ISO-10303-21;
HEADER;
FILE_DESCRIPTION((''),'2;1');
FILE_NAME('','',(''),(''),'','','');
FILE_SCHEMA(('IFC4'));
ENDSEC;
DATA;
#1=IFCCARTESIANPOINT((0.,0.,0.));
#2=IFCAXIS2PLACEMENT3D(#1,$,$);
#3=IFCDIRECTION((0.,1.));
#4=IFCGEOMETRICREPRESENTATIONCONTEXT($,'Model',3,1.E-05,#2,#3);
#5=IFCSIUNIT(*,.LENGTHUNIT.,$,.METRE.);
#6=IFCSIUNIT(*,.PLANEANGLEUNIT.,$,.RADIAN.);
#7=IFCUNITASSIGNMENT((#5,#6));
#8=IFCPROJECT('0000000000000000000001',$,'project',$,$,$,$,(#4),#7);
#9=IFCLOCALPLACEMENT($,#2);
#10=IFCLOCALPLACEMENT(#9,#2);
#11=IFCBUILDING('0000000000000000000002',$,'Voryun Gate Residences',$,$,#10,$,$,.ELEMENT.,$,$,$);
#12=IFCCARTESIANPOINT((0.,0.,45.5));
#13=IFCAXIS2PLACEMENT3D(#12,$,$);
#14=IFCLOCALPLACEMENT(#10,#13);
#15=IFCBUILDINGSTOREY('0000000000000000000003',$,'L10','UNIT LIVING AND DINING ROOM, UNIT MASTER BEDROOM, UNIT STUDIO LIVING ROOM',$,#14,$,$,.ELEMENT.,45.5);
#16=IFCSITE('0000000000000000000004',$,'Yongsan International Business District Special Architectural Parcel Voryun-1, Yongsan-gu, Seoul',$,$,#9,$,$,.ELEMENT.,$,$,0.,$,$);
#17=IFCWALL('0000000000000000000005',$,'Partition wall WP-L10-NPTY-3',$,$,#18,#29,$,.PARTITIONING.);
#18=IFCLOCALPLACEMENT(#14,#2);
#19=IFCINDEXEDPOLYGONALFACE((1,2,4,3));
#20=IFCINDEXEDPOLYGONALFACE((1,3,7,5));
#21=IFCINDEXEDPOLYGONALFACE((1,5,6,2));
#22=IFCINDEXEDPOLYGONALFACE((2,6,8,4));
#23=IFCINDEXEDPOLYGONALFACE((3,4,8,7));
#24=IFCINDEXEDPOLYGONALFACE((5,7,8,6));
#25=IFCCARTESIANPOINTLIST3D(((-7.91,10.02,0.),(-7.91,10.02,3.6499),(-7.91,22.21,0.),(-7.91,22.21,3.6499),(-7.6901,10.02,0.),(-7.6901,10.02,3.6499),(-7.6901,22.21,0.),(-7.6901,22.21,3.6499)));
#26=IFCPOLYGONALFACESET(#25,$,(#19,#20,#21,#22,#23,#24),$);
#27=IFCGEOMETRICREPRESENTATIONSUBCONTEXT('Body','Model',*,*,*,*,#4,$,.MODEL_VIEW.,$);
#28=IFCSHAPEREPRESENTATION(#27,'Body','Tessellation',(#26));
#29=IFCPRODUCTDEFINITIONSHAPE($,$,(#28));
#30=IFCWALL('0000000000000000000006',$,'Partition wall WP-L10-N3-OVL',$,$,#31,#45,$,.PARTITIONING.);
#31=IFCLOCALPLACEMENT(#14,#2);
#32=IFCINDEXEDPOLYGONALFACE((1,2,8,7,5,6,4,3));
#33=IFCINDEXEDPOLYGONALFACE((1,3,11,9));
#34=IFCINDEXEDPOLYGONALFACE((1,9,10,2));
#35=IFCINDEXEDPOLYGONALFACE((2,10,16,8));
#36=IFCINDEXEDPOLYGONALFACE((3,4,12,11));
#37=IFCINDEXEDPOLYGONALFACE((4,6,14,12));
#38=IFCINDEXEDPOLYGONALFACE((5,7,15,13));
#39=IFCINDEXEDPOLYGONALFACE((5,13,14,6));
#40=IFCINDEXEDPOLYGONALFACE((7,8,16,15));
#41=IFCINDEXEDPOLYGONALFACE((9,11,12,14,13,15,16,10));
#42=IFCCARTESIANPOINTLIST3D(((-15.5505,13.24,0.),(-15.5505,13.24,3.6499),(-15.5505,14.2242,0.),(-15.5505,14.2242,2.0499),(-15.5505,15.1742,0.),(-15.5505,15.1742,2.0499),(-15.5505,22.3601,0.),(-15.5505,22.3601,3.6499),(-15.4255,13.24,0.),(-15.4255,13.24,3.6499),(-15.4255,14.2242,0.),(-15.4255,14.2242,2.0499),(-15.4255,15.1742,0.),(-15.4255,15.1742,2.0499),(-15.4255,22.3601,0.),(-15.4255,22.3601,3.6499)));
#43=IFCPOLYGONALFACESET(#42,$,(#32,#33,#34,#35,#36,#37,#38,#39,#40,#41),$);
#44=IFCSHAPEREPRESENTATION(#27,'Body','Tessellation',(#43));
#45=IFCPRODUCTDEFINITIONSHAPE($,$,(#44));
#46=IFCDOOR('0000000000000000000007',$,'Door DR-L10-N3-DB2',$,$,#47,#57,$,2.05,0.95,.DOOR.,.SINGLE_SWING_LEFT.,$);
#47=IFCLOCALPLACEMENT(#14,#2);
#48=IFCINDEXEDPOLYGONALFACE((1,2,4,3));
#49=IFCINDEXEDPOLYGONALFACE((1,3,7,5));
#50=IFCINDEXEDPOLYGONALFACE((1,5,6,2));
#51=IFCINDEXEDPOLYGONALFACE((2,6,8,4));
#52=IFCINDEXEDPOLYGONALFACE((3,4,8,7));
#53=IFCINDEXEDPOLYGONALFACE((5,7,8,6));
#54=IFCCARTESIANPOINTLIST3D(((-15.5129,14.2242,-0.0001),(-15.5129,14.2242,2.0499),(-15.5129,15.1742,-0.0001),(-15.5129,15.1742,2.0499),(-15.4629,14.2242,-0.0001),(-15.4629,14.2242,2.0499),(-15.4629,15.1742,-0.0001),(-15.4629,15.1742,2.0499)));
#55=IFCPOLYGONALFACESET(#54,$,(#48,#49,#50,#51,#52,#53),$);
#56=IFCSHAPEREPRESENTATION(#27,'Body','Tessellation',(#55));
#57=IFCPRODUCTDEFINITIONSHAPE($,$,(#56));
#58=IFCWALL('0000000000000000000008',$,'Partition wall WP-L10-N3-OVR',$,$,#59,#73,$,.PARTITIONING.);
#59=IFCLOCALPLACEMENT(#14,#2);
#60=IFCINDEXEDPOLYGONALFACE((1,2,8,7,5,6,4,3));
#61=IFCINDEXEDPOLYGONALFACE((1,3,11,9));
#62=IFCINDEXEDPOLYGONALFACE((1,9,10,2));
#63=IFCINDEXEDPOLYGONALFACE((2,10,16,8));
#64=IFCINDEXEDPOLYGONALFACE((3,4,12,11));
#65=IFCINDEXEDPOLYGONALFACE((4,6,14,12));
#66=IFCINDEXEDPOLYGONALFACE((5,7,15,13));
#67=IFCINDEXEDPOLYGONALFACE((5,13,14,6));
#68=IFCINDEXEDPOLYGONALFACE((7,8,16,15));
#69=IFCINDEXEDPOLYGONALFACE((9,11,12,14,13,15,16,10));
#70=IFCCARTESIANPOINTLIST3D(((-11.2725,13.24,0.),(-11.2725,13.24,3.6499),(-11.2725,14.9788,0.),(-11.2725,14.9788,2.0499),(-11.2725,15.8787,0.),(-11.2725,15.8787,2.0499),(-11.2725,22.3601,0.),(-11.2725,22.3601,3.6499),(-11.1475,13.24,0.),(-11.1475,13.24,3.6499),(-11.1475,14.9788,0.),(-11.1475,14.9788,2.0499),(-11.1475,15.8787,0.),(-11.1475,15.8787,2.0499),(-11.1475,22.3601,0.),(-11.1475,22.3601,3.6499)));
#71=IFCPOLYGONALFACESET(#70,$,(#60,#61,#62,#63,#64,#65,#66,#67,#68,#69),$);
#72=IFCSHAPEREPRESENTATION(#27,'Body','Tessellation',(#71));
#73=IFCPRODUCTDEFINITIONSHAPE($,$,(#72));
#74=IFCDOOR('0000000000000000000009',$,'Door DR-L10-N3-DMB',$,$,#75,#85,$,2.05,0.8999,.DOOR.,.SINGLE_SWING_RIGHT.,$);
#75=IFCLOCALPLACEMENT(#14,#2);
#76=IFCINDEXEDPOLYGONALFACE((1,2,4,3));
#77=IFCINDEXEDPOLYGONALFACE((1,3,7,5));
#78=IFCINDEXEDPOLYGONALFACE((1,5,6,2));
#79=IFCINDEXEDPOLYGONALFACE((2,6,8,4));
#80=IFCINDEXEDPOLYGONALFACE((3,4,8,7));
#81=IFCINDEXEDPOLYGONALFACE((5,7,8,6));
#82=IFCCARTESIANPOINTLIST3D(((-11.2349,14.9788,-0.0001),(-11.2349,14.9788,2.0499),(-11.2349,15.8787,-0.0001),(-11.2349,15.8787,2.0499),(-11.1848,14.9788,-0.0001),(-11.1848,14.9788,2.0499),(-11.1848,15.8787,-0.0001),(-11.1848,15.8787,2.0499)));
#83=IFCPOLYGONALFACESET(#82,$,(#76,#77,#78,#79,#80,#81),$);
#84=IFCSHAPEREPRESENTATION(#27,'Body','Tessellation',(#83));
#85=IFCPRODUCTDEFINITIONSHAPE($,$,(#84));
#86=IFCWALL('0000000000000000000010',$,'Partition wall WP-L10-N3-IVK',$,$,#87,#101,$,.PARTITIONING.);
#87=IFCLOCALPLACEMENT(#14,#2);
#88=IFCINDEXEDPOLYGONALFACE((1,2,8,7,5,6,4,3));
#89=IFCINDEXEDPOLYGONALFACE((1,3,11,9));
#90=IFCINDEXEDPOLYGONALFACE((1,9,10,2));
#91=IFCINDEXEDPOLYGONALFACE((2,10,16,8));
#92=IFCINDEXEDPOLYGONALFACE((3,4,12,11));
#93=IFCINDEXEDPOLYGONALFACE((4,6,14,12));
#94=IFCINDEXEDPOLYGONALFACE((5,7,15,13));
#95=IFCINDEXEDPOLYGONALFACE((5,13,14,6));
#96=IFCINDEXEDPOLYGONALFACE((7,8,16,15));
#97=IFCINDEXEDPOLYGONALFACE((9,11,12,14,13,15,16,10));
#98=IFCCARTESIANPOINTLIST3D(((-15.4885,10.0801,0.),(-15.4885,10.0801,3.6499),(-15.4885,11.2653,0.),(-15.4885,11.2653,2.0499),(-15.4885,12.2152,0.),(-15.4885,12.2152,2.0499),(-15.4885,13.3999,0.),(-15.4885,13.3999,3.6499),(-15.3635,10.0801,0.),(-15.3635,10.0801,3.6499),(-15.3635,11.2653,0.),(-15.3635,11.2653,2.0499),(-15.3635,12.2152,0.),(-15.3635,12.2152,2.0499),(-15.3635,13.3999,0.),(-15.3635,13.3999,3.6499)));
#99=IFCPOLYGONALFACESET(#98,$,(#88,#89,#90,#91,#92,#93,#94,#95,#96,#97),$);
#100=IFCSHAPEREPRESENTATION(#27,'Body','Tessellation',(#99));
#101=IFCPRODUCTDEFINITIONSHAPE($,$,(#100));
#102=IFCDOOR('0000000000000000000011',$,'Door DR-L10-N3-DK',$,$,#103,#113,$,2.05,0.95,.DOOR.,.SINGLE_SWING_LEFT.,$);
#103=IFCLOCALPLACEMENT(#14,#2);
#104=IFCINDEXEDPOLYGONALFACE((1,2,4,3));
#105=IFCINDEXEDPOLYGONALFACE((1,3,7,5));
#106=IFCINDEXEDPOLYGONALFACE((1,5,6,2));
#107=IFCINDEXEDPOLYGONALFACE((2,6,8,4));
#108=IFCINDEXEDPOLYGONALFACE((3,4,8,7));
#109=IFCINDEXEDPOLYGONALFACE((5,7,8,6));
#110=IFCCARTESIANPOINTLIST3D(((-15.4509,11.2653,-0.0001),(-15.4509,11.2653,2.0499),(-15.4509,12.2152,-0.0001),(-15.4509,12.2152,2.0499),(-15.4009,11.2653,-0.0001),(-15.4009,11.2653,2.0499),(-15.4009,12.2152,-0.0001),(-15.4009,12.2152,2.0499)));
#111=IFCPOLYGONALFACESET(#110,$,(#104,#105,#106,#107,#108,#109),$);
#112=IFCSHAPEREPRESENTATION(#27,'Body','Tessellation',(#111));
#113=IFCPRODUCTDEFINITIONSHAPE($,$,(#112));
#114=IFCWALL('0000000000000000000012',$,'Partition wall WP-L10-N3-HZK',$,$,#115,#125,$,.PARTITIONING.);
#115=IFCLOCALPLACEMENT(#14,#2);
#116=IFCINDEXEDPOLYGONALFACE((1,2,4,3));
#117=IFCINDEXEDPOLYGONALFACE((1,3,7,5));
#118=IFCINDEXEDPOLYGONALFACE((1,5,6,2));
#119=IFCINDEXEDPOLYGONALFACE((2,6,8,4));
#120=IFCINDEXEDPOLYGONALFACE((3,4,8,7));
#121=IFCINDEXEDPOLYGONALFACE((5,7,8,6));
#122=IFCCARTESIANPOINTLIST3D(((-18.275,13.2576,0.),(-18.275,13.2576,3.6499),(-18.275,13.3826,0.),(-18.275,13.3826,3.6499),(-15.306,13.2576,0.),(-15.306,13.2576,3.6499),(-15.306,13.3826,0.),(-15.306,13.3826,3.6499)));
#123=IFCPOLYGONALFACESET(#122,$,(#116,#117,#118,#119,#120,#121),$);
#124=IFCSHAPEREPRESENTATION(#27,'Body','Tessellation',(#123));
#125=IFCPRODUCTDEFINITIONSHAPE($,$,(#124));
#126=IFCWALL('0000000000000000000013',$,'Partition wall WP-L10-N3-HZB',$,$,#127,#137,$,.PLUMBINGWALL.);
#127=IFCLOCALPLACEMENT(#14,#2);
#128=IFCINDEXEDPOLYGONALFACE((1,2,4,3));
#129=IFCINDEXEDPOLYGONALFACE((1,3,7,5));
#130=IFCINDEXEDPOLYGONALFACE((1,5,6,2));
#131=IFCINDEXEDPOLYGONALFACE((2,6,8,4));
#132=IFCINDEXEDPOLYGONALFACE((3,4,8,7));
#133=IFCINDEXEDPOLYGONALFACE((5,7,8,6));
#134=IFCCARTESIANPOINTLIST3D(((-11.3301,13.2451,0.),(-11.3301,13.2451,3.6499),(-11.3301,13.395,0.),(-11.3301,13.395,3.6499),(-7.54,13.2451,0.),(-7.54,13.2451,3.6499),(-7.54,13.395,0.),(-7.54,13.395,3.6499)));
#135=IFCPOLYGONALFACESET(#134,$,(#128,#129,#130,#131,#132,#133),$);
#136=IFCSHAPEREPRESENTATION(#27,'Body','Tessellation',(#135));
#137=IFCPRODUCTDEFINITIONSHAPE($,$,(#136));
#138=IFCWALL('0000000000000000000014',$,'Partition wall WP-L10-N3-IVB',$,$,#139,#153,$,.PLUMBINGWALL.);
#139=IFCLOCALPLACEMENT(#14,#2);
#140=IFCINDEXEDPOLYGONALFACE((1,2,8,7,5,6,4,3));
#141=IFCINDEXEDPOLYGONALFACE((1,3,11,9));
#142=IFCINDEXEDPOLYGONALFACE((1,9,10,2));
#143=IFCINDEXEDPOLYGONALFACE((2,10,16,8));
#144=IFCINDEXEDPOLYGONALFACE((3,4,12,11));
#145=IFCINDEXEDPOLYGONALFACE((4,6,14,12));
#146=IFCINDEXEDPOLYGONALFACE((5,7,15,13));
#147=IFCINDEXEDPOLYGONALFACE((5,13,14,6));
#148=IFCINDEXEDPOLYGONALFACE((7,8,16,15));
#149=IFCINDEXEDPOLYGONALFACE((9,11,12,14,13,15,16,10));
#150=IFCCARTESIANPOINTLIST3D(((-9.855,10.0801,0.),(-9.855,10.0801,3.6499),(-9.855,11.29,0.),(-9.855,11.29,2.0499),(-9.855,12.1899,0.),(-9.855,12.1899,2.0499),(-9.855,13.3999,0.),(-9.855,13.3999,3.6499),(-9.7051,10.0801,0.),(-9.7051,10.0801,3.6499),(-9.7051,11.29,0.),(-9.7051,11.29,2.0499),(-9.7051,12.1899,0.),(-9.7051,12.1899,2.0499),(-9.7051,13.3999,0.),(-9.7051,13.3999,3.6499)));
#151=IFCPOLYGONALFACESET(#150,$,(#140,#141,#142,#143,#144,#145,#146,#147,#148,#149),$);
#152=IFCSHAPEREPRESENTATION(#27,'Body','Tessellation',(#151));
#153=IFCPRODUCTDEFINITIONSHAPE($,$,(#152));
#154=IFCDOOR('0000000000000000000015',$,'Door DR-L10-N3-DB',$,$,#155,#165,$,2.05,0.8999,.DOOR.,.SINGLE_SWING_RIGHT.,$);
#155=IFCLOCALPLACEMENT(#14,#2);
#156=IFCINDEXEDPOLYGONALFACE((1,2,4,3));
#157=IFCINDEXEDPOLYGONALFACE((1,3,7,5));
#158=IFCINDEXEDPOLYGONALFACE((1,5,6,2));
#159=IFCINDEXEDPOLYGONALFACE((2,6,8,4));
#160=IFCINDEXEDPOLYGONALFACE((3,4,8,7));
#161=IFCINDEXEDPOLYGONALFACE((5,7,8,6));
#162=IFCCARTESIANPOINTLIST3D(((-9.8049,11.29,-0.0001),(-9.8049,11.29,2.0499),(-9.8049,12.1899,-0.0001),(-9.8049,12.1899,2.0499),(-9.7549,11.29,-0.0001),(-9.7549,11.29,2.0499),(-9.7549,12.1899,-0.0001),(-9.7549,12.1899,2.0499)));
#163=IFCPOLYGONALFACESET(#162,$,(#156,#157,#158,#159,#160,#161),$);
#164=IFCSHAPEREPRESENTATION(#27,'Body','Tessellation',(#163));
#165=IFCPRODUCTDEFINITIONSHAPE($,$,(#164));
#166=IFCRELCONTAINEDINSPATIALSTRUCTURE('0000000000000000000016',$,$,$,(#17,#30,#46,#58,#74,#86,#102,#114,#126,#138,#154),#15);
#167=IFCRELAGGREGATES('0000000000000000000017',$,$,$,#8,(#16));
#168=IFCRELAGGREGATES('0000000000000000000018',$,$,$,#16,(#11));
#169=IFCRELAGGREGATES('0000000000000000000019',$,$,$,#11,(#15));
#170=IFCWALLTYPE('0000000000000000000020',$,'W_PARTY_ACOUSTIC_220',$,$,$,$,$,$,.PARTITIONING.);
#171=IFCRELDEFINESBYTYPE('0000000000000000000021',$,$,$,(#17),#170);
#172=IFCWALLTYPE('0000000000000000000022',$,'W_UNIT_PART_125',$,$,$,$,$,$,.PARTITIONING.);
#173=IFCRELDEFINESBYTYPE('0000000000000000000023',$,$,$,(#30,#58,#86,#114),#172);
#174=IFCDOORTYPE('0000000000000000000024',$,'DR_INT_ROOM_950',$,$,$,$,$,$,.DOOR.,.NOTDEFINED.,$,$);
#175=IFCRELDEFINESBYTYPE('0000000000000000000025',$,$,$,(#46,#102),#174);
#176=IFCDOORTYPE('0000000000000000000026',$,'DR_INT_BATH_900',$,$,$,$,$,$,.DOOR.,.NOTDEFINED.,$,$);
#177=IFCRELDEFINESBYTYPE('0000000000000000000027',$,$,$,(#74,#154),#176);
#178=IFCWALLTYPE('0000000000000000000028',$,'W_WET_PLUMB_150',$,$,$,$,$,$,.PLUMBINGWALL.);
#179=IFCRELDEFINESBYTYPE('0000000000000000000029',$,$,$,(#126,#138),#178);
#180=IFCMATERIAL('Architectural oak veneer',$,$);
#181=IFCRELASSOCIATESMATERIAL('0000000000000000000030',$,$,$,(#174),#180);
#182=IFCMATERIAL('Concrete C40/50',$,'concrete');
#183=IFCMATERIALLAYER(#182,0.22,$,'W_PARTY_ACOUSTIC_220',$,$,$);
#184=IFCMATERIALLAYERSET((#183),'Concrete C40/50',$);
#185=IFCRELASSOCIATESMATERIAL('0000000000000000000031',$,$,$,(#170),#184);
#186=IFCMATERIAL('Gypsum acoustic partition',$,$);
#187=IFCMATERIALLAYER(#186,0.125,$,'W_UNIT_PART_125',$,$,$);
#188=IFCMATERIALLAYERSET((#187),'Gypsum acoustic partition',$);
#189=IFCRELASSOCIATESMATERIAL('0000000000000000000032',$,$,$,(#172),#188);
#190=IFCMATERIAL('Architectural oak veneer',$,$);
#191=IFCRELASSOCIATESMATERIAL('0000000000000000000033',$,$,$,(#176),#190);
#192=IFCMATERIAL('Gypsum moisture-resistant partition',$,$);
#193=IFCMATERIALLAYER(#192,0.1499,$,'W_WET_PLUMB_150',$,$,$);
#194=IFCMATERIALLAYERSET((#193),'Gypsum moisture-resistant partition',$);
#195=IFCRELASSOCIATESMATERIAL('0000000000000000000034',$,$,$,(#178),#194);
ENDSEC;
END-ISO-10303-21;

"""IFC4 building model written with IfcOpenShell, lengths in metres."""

from ifc_helpers import new_model, si_unit, direction, frame, frame_2d, origin, place, context, subcontext, project, spatial, rectangle, extrude, material, layer, layer_set, type_object, element, fill, save


model = new_model("IFC4")

# Units and contexts
model_context = context("Model", 3, precision=1e-05, world=origin(), true_north=direction((0.0, 1.0)))
body_context = subcontext(model_context, "Body", "Model", "MODEL_VIEW")
ifc_project = project(units=[si_unit("LENGTHUNIT", "METRE"), si_unit("PLANEANGLEUNIT", "RADIAN")], contexts=[model_context])

# Site, building, storey
site_placement = place(None, origin())
site = spatial("IfcSite", under=ifc_project, at=site_placement, Name="Yongsan International Business District Special Architectural Parcel Voryun-1, Yongsan-gu, Seoul", CompositionType="ELEMENT", RefElevation=0.0)
building_placement = place(site_placement, origin())
building = spatial("IfcBuilding", under=site, at=building_placement, Name="Voryun Gate Residences", CompositionType="ELEMENT")
storey_placement = place(building_placement, frame((0.0, 0.0, 45.5)))
storey = spatial("IfcBuildingStorey", under=building, at=storey_placement, Name="L10", Description="UNIT LIVING AND DINING ROOM, UNIT MASTER BEDROOM, UNIT STUDIO LIVING ROOM", CompositionType="ELEMENT", Elevation=45.5)

# Shared definitions
ifc_material_1 = material(Name="Architectural oak veneer")
door_type_1 = type_object("IfcDoorType", Name="DR_INT_ROOM_950", OperationType="NOTDEFINED", PredefinedType="DOOR", material=ifc_material_1)

# Wall
ifc_material_2 = material(Name="Concrete C40/50", Category="concrete")
ifc_layer_1 = layer(ifc_material_2, 0.22, Name="W_PARTY_ACOUSTIC_220")
ifc_layer_set_1 = layer_set([ifc_layer_1], Name="Concrete C40/50")
wall_type_1 = type_object("IfcWallType", Name="W_PARTY_ACOUSTIC_220", PredefinedType="PARTITIONING", material=ifc_layer_set_1)
for number, where, z_axis, x_axis, name in (
    (1, (-7.8, 10.02, 0.0), (0.0, 0.0, 1.0), (0.0, 1.0, 0.0), "Partition wall WP-L10-NPTY-3"),
):
    element("IfcWall", number, at=place(storey_placement, frame(where, z_axis=z_axis, x_axis=x_axis)), inside=storey, type_object=wall_type_1, Name=name, PredefinedType="PARTITIONING", context=body_context, shape_type="SweptSolid", body=[
        extrude(rectangle(XDim=12.1899, YDim=0.22, at=frame_2d((6.095, 0.0))), origin(), (0.0, 0.0, 1.0), 3.6499),
    ])

# Walls, openings, doors
ifc_material_3 = material(Name="Gypsum acoustic partition")
ifc_layer_2 = layer(ifc_material_3, 0.125, Name="W_UNIT_PART_125")
ifc_layer_set_2 = layer_set([ifc_layer_2], Name="Gypsum acoustic partition")
wall_type_2 = type_object("IfcWallType", Name="W_UNIT_PART_125", PredefinedType="PARTITIONING", material=ifc_layer_set_2)
wall_1_placement = place(storey_placement, frame((-15.488, 13.24, 0.0), z_axis=(0.0, 0.0, 1.0), x_axis=(0.0, 1.0, 0.0)))
wall_1 = element("IfcWall", 2, at=wall_1_placement, inside=storey, type_object=wall_type_2, Name="Partition wall WP-L10-N3-OVL", PredefinedType="PARTITIONING", context=body_context, shape_type="SweptSolid", body=[
    extrude(rectangle(XDim=9.1201, YDim=0.125, at=frame_2d((4.5601, 0.0))), origin(), (0.0, 0.0, 1.0), 3.6499),
])
opening_1_placement = place(wall_1_placement, frame((0.9841, 0.0, 0.0)))
opening_1 = element("IfcOpeningElement", 3, at=opening_1_placement, cuts=wall_1, PredefinedType="OPENING", context=body_context, shape_type="SweptSolid", body=[
    extrude(rectangle(XDim=0.95, YDim=2.05, at=frame_2d((0.4751, 1.0249))), frame((0.0, 0.0725, 0.0), z_axis=(0.0, -1.0, 0.0), x_axis=(1.0, 0.0, 0.0)), (0.0, 0.0, 1.0), 0.145),
])
door_1_placement = place(opening_1_placement, origin())
door_1 = element("IfcDoor", 4, at=door_1_placement, inside=storey, type_object=door_type_1, Name="Door DR-L10-N3-DB2", OperationType="SINGLE_SWING_LEFT", OverallHeight=2.05, OverallWidth=0.95, PredefinedType="DOOR", context=body_context, shape_type="SweptSolid", body=[
    extrude(rectangle(XDim=0.95, YDim=2.05, at=frame_2d((0.4751, 1.0249))), frame((0.0, 0.0249, 0.0), z_axis=(0.0, -1.0, 0.0), x_axis=(1.0, 0.0, 0.0)), (0.0, 0.0, 1.0), 0.05),
])
fill(opening_1, door_1)
wall_2_placement = place(storey_placement, frame((-11.21, 13.24, 0.0), z_axis=(0.0, 0.0, 1.0), x_axis=(0.0, 1.0, 0.0)))
wall_2 = element("IfcWall", 5, at=wall_2_placement, inside=storey, type_object=wall_type_2, Name="Partition wall WP-L10-N3-OVR", PredefinedType="PARTITIONING", context=body_context, shape_type="SweptSolid", body=[
    extrude(rectangle(XDim=9.1201, YDim=0.125, at=frame_2d((4.5601, 0.0))), origin(), (0.0, 0.0, 1.0), 3.6499),
])
opening_2_placement = place(wall_2_placement, frame((1.7388, 0.0, 0.0)))
opening_2 = element("IfcOpeningElement", 6, at=opening_2_placement, cuts=wall_2, PredefinedType="OPENING", context=body_context, shape_type="SweptSolid", body=[
    extrude(rectangle(XDim=0.8999, YDim=2.05, at=frame_2d((0.45, 1.0249))), frame((0.0, 0.0725, 0.0), z_axis=(0.0, -1.0, 0.0), x_axis=(1.0, 0.0, 0.0)), (0.0, 0.0, 1.0), 0.145),
])
ifc_material_4 = material(Name="Architectural oak veneer")
door_type_2 = type_object("IfcDoorType", Name="DR_INT_BATH_900", OperationType="NOTDEFINED", PredefinedType="DOOR", material=ifc_material_4)
door_2_placement = place(opening_2_placement, origin())
door_2 = element("IfcDoor", 7, at=door_2_placement, inside=storey, type_object=door_type_2, Name="Door DR-L10-N3-DMB", OperationType="SINGLE_SWING_RIGHT", OverallHeight=2.05, OverallWidth=0.8999, PredefinedType="DOOR", context=body_context, shape_type="SweptSolid", body=[
    extrude(rectangle(XDim=0.8999, YDim=2.05, at=frame_2d((0.45, 1.0249))), frame((0.0, 0.0249, 0.0), z_axis=(0.0, -1.0, 0.0), x_axis=(1.0, 0.0, 0.0)), (0.0, 0.0, 1.0), 0.05),
])
fill(opening_2, door_2)
wall_3_placement = place(storey_placement, frame((-15.426, 10.0801, 0.0), z_axis=(0.0, 0.0, 1.0), x_axis=(0.0, 1.0, 0.0)))
wall_3 = element("IfcWall", 8, at=wall_3_placement, inside=storey, type_object=wall_type_2, Name="Partition wall WP-L10-N3-IVK", PredefinedType="PARTITIONING", context=body_context, shape_type="SweptSolid", body=[
    extrude(rectangle(XDim=3.3198, YDim=0.125, at=frame_2d((1.6599, 0.0))), origin(), (0.0, 0.0, 1.0), 3.6499),
])
opening_3_placement = place(wall_3_placement, frame((1.1851, 0.0, 0.0)))
opening_3 = element("IfcOpeningElement", 9, at=opening_3_placement, cuts=wall_3, PredefinedType="OPENING", context=body_context, shape_type="SweptSolid", body=[
    extrude(rectangle(XDim=0.95, YDim=2.05, at=frame_2d((0.4751, 1.0249))), frame((0.0, 0.0725, 0.0), z_axis=(0.0, -1.0, 0.0), x_axis=(1.0, 0.0, 0.0)), (0.0, 0.0, 1.0), 0.145),
])
door_3_placement = place(opening_3_placement, origin())
door_3 = element("IfcDoor", 10, at=door_3_placement, inside=storey, type_object=door_type_1, Name="Door DR-L10-N3-DK", OperationType="SINGLE_SWING_LEFT", OverallHeight=2.05, OverallWidth=0.95, PredefinedType="DOOR", context=body_context, shape_type="SweptSolid", body=[
    extrude(rectangle(XDim=0.95, YDim=2.05, at=frame_2d((0.4751, 1.0249))), frame((0.0, 0.0249, 0.0), z_axis=(0.0, -1.0, 0.0), x_axis=(1.0, 0.0, 0.0)), (0.0, 0.0, 1.0), 0.05),
])
fill(opening_3, door_3)

# Walls
wall_4_placement = place(storey_placement, frame((-18.2749, 13.3201, 0.0), z_axis=(0.0, 0.0, 1.0), x_axis=(1.0, 0.0, 0.0)))
element("IfcWall", 11, at=wall_4_placement, inside=storey, type_object=wall_type_2, Name="Partition wall WP-L10-N3-HZK", PredefinedType="PARTITIONING", context=body_context, shape_type="SweptSolid", body=[
    extrude(rectangle(XDim=2.969, YDim=0.125, at=frame_2d((1.4844, 0.0))), origin(), (0.0, 0.0, 1.0), 3.6499),
])
ifc_material_5 = material(Name="Gypsum moisture-resistant partition")
ifc_layer_3 = layer(ifc_material_5, 0.1499, Name="W_WET_PLUMB_150")
ifc_layer_set_3 = layer_set([ifc_layer_3], Name="Gypsum moisture-resistant partition")
wall_type_3 = type_object("IfcWallType", Name="W_WET_PLUMB_150", PredefinedType="PLUMBINGWALL", material=ifc_layer_set_3)
wall_5_placement = place(storey_placement, frame((-11.3301, 13.3201, 0.0), z_axis=(0.0, 0.0, 1.0), x_axis=(1.0, 0.0, 0.0)))
element("IfcWall", 12, at=wall_5_placement, inside=storey, type_object=wall_type_3, Name="Partition wall WP-L10-N3-HZB", PredefinedType="PLUMBINGWALL", context=body_context, shape_type="SweptSolid", body=[
    extrude(rectangle(XDim=3.79, YDim=0.1499, at=frame_2d((1.895, 0.0))), origin(), (0.0, 0.0, 1.0), 3.6499),
])

# Wall, opening, door
wall_6_placement = place(storey_placement, frame((-9.78, 10.0801, 0.0), z_axis=(0.0, 0.0, 1.0), x_axis=(0.0, 1.0, 0.0)))
wall_6 = element("IfcWall", 13, at=wall_6_placement, inside=storey, type_object=wall_type_3, Name="Partition wall WP-L10-N3-IVB", PredefinedType="PLUMBINGWALL", context=body_context, shape_type="SweptSolid", body=[
    extrude(rectangle(XDim=3.3198, YDim=0.1499, at=frame_2d((1.6599, 0.0))), origin(), (0.0, 0.0, 1.0), 3.6499),
])
opening_4_placement = place(wall_6_placement, frame((1.21, 0.0, 0.0)))
opening_4 = element("IfcOpeningElement", 14, at=opening_4_placement, cuts=wall_6, PredefinedType="OPENING", context=body_context, shape_type="SweptSolid", body=[
    extrude(rectangle(XDim=0.8999, YDim=2.05, at=frame_2d((0.45, 1.0249))), frame((0.0, 0.085, 0.0), z_axis=(0.0, -1.0, 0.0), x_axis=(1.0, 0.0, 0.0)), (0.0, 0.0, 1.0), 0.1699),
])
door_4_placement = place(opening_4_placement, origin())
door_4 = element("IfcDoor", 15, at=door_4_placement, inside=storey, type_object=door_type_2, Name="Door DR-L10-N3-DB", OperationType="SINGLE_SWING_RIGHT", OverallHeight=2.05, OverallWidth=0.8999, PredefinedType="DOOR", context=body_context, shape_type="SweptSolid", body=[
    extrude(rectangle(XDim=0.8999, YDim=2.05, at=frame_2d((0.45, 1.0249))), frame((0.0, 0.0249, 0.0), z_axis=(0.0, -1.0, 0.0), x_axis=(1.0, 0.0, 0.0)), (0.0, 0.0, 1.0), 0.05),
])
fill(opening_4, door_4)

save(model, "model.ifc")
